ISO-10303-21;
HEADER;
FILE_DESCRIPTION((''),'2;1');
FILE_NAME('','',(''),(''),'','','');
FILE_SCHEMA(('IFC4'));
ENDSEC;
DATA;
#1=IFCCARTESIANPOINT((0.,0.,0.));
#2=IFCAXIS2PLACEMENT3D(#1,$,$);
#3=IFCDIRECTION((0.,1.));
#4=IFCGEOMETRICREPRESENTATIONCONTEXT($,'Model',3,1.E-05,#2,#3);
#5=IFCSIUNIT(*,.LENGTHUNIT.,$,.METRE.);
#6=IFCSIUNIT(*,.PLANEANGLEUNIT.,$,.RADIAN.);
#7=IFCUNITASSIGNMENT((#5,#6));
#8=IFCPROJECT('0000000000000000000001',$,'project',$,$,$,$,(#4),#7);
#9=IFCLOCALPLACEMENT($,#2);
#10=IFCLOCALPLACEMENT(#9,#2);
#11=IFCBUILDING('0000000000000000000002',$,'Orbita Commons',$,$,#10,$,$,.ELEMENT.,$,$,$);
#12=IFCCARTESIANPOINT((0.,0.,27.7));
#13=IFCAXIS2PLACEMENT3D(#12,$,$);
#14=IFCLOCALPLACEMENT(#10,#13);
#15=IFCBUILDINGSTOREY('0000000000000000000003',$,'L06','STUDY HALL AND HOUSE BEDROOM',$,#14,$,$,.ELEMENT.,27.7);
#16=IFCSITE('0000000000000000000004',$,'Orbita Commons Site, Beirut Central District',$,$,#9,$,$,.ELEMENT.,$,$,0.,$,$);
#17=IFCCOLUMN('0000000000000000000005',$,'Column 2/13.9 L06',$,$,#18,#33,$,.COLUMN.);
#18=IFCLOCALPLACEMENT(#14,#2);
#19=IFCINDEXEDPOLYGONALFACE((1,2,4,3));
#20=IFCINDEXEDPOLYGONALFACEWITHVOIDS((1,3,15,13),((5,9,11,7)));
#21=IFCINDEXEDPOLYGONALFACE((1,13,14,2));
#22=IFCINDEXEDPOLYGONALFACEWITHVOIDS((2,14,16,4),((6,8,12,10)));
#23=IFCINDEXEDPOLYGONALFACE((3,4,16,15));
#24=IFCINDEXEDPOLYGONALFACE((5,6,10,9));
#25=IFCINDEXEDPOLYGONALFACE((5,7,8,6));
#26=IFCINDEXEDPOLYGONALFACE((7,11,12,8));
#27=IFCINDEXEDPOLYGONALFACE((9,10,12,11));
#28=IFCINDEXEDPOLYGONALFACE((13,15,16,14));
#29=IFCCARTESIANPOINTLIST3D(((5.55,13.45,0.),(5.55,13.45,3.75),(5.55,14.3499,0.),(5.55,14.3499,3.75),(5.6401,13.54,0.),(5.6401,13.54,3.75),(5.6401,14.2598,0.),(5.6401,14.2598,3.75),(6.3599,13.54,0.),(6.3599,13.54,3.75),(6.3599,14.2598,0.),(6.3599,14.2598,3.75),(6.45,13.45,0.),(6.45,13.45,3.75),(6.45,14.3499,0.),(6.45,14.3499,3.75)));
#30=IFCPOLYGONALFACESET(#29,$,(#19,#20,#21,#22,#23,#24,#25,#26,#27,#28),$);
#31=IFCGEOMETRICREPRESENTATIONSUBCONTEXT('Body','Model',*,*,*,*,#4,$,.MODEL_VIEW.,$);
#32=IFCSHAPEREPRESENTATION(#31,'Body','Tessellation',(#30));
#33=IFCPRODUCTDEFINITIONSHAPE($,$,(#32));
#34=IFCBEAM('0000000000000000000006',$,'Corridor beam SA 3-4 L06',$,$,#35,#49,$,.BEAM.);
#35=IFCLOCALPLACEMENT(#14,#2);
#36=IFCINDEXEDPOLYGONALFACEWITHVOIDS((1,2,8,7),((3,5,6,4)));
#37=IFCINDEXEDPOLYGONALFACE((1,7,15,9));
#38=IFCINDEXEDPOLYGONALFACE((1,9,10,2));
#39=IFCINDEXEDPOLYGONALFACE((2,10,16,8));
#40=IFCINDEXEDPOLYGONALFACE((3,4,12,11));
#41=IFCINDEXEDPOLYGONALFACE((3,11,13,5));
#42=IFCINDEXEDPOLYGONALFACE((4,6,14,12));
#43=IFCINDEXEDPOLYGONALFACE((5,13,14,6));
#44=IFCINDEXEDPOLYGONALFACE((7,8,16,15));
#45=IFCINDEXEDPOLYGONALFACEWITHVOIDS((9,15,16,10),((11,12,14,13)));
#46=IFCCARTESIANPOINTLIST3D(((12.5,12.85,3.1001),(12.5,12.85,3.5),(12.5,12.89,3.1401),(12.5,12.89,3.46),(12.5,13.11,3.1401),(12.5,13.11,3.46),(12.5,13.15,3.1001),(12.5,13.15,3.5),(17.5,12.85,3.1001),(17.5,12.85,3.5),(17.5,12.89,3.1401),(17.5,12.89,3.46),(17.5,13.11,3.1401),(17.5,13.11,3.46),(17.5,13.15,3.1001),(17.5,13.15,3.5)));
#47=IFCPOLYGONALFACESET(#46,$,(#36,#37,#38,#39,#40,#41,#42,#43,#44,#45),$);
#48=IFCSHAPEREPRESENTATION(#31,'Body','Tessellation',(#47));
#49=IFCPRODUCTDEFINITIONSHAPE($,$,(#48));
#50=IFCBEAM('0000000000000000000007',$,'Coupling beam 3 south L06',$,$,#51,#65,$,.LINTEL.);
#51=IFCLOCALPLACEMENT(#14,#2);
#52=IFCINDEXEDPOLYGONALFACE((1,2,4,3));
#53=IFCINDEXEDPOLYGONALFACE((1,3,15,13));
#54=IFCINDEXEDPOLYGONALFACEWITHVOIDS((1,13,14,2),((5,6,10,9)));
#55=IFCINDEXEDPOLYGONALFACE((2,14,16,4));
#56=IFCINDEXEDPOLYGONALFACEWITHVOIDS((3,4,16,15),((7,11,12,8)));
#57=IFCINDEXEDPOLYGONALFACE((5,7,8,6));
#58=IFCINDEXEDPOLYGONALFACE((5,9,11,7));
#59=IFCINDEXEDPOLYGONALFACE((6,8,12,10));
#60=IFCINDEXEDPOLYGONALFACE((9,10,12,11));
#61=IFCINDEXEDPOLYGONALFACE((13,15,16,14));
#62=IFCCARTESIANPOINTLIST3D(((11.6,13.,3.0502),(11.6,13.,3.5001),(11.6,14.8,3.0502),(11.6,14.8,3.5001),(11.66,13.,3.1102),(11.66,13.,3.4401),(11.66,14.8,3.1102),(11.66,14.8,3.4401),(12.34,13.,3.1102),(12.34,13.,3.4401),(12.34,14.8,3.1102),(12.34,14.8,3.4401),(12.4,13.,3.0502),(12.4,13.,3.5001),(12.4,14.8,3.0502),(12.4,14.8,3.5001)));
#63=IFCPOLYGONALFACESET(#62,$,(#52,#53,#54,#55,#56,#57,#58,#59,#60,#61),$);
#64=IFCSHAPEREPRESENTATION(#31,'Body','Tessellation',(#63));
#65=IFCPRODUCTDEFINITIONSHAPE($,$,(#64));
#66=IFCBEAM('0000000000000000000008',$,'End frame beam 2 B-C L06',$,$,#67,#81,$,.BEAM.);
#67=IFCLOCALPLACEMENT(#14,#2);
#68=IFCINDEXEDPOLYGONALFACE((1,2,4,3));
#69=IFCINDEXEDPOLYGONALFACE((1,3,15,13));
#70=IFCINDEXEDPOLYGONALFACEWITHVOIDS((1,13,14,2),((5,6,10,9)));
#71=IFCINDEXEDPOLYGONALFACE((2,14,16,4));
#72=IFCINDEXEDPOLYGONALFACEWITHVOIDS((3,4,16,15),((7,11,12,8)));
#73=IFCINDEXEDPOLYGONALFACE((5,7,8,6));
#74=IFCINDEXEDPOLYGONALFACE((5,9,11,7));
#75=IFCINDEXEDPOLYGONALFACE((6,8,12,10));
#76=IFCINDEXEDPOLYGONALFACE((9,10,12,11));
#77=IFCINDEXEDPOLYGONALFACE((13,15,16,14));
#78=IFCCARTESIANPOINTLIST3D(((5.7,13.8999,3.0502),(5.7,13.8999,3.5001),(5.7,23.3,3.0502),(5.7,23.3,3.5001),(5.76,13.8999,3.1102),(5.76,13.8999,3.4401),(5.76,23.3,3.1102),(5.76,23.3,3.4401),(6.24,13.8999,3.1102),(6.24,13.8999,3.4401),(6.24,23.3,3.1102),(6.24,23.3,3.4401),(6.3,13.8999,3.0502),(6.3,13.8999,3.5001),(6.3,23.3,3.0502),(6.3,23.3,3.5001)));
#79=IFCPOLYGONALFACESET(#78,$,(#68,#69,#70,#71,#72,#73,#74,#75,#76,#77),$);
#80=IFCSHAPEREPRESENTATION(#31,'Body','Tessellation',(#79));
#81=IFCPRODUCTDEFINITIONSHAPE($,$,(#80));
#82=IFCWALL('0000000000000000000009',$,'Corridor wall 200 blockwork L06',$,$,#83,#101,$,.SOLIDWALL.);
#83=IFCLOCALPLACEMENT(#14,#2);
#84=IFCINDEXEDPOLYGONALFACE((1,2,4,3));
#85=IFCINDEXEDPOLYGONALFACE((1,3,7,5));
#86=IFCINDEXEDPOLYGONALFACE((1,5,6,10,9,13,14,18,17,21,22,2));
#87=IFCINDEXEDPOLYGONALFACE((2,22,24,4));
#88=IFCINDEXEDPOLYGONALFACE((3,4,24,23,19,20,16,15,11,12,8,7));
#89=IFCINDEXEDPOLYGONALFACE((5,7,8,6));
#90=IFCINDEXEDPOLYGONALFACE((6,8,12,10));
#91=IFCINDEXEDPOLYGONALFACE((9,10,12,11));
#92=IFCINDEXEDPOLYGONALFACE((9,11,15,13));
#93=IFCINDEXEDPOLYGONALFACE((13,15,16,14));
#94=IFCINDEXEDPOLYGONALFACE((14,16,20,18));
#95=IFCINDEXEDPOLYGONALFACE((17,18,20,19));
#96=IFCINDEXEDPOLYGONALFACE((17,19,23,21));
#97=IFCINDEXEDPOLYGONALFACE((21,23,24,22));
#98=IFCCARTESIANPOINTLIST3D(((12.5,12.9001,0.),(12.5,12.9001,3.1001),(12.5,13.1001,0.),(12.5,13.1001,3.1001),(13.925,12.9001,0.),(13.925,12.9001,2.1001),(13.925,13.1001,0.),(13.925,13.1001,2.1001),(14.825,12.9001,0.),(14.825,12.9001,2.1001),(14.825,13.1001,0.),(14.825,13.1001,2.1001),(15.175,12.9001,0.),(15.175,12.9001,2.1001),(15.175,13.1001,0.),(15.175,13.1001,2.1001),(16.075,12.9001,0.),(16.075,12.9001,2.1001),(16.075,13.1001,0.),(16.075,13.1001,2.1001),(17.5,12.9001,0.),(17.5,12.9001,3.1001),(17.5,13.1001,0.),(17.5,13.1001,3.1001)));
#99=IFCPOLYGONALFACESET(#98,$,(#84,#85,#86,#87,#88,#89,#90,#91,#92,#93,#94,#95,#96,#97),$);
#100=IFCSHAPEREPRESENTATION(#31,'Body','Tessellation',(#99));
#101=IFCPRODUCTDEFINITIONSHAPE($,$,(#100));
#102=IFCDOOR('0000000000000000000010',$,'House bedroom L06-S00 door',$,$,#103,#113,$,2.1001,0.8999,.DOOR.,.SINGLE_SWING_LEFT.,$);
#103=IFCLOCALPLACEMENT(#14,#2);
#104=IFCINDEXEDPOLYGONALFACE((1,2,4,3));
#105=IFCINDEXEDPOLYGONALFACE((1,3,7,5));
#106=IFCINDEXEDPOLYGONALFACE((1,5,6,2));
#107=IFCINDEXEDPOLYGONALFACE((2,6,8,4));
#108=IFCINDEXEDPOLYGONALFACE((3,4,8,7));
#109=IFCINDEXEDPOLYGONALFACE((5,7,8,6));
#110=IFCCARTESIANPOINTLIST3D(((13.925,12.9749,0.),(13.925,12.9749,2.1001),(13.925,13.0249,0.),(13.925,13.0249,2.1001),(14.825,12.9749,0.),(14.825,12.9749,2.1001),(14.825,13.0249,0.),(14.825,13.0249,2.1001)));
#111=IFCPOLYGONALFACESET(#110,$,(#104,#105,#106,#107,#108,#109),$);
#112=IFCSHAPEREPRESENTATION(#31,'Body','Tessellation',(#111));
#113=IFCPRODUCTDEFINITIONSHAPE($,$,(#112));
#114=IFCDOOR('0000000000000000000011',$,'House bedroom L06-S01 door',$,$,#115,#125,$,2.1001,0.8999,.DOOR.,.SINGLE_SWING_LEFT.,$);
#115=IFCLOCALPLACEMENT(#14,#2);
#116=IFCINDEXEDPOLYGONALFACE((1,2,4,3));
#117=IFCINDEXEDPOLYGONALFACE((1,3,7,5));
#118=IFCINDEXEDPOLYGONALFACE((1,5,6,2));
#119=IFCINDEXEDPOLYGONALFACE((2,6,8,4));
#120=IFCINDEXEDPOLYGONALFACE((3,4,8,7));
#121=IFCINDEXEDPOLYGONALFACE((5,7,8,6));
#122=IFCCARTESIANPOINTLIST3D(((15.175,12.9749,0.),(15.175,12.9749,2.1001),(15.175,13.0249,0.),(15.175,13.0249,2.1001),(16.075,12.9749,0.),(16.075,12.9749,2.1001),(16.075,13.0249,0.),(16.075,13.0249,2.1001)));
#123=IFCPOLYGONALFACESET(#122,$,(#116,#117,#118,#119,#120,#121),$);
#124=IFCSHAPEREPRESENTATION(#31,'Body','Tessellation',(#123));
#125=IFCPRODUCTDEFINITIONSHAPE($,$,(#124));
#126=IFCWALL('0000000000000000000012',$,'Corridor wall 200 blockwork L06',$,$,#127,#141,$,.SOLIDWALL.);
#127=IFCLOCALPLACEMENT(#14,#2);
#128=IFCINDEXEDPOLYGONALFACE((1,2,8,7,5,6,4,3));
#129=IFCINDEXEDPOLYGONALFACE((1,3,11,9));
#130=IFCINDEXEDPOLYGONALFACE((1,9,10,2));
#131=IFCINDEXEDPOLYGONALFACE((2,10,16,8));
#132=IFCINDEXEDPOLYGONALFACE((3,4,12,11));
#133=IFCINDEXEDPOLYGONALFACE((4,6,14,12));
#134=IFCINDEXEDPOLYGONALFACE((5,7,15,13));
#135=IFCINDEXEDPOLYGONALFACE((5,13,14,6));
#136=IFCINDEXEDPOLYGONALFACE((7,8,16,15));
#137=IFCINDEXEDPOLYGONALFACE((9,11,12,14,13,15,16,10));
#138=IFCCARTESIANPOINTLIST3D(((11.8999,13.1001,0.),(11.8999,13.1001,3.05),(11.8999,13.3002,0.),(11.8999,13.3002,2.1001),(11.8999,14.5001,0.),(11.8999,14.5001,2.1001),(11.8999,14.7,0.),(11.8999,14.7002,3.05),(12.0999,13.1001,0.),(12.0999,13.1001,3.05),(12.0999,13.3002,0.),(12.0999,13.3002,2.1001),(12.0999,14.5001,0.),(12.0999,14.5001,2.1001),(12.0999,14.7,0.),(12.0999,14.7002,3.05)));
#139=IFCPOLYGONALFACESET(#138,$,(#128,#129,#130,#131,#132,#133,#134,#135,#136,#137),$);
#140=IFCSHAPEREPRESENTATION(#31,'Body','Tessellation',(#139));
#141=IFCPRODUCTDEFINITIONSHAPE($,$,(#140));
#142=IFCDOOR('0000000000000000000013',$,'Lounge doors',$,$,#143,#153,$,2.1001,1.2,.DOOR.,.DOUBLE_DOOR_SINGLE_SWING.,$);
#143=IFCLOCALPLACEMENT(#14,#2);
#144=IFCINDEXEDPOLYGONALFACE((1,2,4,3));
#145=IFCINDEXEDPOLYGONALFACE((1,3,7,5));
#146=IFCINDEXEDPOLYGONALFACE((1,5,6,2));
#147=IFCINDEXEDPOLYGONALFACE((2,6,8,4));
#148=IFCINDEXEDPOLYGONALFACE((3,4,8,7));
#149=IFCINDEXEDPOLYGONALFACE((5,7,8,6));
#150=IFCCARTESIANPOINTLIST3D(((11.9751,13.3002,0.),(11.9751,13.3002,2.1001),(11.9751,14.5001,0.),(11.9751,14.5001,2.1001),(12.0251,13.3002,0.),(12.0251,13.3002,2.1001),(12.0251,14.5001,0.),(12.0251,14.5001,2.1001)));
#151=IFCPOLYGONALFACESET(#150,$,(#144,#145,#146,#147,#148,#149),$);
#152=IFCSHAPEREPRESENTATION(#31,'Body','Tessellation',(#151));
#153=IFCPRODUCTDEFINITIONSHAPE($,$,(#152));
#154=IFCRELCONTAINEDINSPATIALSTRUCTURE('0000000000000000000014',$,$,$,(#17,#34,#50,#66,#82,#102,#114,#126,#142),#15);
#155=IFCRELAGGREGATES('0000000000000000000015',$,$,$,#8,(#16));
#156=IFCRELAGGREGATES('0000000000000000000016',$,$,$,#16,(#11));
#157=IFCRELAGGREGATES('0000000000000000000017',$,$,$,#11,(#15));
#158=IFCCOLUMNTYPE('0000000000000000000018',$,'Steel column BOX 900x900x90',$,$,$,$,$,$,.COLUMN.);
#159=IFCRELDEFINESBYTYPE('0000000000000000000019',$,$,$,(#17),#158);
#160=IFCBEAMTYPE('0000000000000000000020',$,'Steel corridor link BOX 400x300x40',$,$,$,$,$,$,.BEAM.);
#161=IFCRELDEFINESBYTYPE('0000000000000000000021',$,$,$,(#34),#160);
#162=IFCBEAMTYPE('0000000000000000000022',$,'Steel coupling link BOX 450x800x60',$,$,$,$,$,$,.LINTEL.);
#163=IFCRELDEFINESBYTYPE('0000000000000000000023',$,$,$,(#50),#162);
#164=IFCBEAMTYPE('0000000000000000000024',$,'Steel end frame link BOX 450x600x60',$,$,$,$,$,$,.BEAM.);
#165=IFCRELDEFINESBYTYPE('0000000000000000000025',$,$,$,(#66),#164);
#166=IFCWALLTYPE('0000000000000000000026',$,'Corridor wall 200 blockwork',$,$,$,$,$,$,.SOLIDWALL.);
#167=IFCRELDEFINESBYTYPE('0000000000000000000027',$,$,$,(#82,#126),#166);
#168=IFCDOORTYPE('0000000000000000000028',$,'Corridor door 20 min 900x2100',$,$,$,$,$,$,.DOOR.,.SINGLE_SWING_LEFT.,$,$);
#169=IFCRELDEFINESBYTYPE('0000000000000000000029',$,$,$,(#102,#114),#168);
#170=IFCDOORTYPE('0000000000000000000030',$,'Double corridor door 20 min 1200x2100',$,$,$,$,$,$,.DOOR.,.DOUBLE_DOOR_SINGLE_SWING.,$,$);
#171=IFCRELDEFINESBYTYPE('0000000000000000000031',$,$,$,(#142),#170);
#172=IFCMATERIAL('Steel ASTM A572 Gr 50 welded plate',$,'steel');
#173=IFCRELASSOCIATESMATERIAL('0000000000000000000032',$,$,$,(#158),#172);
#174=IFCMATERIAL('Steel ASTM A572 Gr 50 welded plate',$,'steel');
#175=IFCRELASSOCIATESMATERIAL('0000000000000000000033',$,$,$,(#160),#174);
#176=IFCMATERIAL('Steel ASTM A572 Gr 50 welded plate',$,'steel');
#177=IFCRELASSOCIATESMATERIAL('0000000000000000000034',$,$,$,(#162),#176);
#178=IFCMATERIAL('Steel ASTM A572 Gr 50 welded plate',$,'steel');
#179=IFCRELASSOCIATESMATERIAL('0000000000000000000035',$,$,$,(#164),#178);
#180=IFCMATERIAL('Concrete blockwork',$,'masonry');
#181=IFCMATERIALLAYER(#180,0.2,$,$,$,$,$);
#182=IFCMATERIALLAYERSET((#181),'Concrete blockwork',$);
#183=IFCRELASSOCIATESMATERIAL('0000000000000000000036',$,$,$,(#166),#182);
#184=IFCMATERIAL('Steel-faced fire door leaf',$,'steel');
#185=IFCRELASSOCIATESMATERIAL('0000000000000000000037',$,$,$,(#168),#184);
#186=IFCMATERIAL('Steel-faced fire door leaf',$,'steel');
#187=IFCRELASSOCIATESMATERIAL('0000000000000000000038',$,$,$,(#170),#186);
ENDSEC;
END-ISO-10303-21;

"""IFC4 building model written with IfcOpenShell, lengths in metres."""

from ifc_helpers import new_model, si_unit, direction, frame, frame_2d, origin, origin_2d, place, context, subcontext, project, spatial, polyline, rectangle, hollow_rectangle, outline, extrude, material, layer, layer_set, material_profile, profile_set, type_object, element, fill, save


model = new_model("IFC4")

# Units and contexts
model_context = context("Model", 3, precision=1e-05, world=origin(), true_north=direction((0.0, 1.0)))
body_context = subcontext(model_context, "Body", "Model", "MODEL_VIEW")
ifc_project = project(units=[si_unit("LENGTHUNIT", "METRE"), si_unit("PLANEANGLEUNIT", "RADIAN")], contexts=[model_context])

# Site, building, storey
site_placement = place(None, origin())
site = spatial("IfcSite", under=ifc_project, at=site_placement, Name="Orbita Commons Site, Beirut Central District", CompositionType="ELEMENT", RefElevation=0.0)
building_placement = place(site_placement, origin())
building = spatial("IfcBuilding", under=site, at=building_placement, Name="Orbita Commons", CompositionType="ELEMENT")
storey_placement = place(building_placement, frame((0.0, 0.0, 27.7)))
storey = spatial("IfcBuildingStorey", under=building, at=storey_placement, Name="L06", Description="STUDY HALL AND HOUSE BEDROOM", CompositionType="ELEMENT", Elevation=27.7)

# Column
ifc_material_1 = material(Name="Steel ASTM A572 Gr 50 welded plate", Category="steel")
ifc_material_profile_1 = material_profile(ifc_material_1, hollow_rectangle(XDim=0.8999, YDim=0.8999, WallThickness=0.0901, at=origin_2d()), Name="BOX 900x900x90")
ifc_profile_set_1 = profile_set([ifc_material_profile_1], Name="Steel ASTM A572 Gr 50 welded plate")
column_type = type_object("IfcColumnType", Name="Steel column BOX 900x900x90", PredefinedType="COLUMN", material=ifc_profile_set_1)
column_placement = place(storey_placement, frame((6.0, 13.8999, 0.0), z_axis=(0.0, 0.0, 1.0), x_axis=(1.0, 0.0, 0.0)))
element("IfcColumn", 1, at=column_placement, inside=storey, type_object=column_type, Name="Column 2/13.9 L06", PredefinedType="COLUMN", context=body_context, shape_type="SweptSolid", body=[
    extrude(hollow_rectangle(XDim=0.8999, YDim=0.8999, WallThickness=0.0901, at=origin_2d()), origin(), (0.0, 0.0, 1.0), 3.75),
])

# Beams
ifc_material_2 = material(Name="Steel ASTM A572 Gr 50 welded plate", Category="steel")
ifc_material_profile_2 = material_profile(ifc_material_2, hollow_rectangle(XDim=0.3, YDim=0.3999, WallThickness=0.04, at=origin_2d()), Name="BOX 400x300x40")
ifc_profile_set_2 = profile_set([ifc_material_profile_2], Name="Steel ASTM A572 Gr 50 welded plate")
beam_type_1 = type_object("IfcBeamType", Name="Steel corridor link BOX 400x300x40", PredefinedType="BEAM", material=ifc_profile_set_2)
beam_1_placement = place(storey_placement, frame((12.5, 13.0, 3.3), z_axis=(1.0, 0.0, 0.0), x_axis=(0.0, 1.0, 0.0)))
element("IfcBeam", 2, at=beam_1_placement, inside=storey, type_object=beam_type_1, Name="Corridor beam SA 3-4 L06", PredefinedType="BEAM", context=body_context, shape_type="SweptSolid", body=[
    extrude(hollow_rectangle(XDim=0.3, YDim=0.3999, WallThickness=0.04, at=origin_2d()), origin(), (0.0, 0.0, 1.0), 5.0),
])
ifc_material_3 = material(Name="Steel ASTM A572 Gr 50 welded plate", Category="steel")
ifc_material_profile_3 = material_profile(ifc_material_3, hollow_rectangle(XDim=0.8, YDim=0.45, WallThickness=0.0601, at=origin_2d()), Name="BOX 450x800x60")
ifc_profile_set_3 = profile_set([ifc_material_profile_3], Name="Steel ASTM A572 Gr 50 welded plate")
beam_type_2 = type_object("IfcBeamType", Name="Steel coupling link BOX 450x800x60", PredefinedType="LINTEL", material=ifc_profile_set_3)
beam_2_placement = place(storey_placement, frame((12.0, 13.0, 3.2751), z_axis=(0.0, 1.0, 0.0), x_axis=(-1.0, 0.0, 0.0)))
element("IfcBeam", 3, at=beam_2_placement, inside=storey, type_object=beam_type_2, Name="Coupling beam 3 south L06", PredefinedType="LINTEL", context=body_context, shape_type="SweptSolid", body=[
    extrude(hollow_rectangle(XDim=0.8, YDim=0.45, WallThickness=0.0601, at=origin_2d()), origin(), (0.0, 0.0, 1.0), 1.8),
])
ifc_material_4 = material(Name="Steel ASTM A572 Gr 50 welded plate", Category="steel")
ifc_material_profile_4 = material_profile(ifc_material_4, hollow_rectangle(XDim=0.6001, YDim=0.45, WallThickness=0.0601, at=origin_2d()), Name="BOX 450x600x60")
ifc_profile_set_4 = profile_set([ifc_material_profile_4], Name="Steel ASTM A572 Gr 50 welded plate")
beam_type_3 = type_object("IfcBeamType", Name="Steel end frame link BOX 450x600x60", PredefinedType="BEAM", material=ifc_profile_set_4)
beam_3_placement = place(storey_placement, frame((6.0, 13.8999, 3.2751), z_axis=(0.0, 1.0, 0.0), x_axis=(-1.0, 0.0, 0.0)))
element("IfcBeam", 4, at=beam_3_placement, inside=storey, type_object=beam_type_3, Name="End frame beam 2 B-C L06", PredefinedType="BEAM", context=body_context, shape_type="SweptSolid", body=[
    extrude(hollow_rectangle(XDim=0.6001, YDim=0.45, WallThickness=0.0601, at=origin_2d()), origin(), (0.0, 0.0, 1.0), 9.4001),
])

# Wall, openings, doors
ifc_material_5 = material(Name="Concrete blockwork", Category="masonry")
ifc_layer_1 = layer(ifc_material_5, 0.2)
ifc_layer_set_1 = layer_set([ifc_layer_1], Name="Concrete blockwork")
wall_type_1 = type_object("IfcWallType", Name="Corridor wall 200 blockwork", PredefinedType="SOLIDWALL", material=ifc_layer_set_1)
wall_1_placement = place(storey_placement, frame((12.5, 13.0, 0.0), z_axis=(0.0, 0.0, 1.0), x_axis=(1.0, 0.0, 0.0)))
wall_1 = element("IfcWall", 5, at=wall_1_placement, inside=storey, type_object=wall_type_1, Name="Corridor wall 200 blockwork L06", PredefinedType="SOLIDWALL", context=body_context, shape_type="SweptSolid", body=[
    extrude(outline(polyline([(0.0, 0.0), (5.0, 0.0), (5.0, 3.1001), (0.0, 3.1001), (0.0, 0.0)])), frame((0.0, 0.1001, 0.0), z_axis=(0.0, -1.0, 0.0), x_axis=(1.0, 0.0, 0.0)), (0.0, 0.0, 1.0), 0.2),
])
opening_1_placement = place(wall_1_placement, frame((1.425, 0.0, 0.0)))
opening_1 = element("IfcOpeningElement", 6, at=opening_1_placement, cuts=wall_1, PredefinedType="OPENING", context=body_context, shape_type="SweptSolid", body=[
    extrude(rectangle(XDim=0.8999, YDim=2.1001, at=frame_2d((0.45, 1.05))), frame((0.0, 0.1099, 0.0), z_axis=(0.0, -1.0, 0.0), x_axis=(1.0, 0.0, 0.0)), (0.0, 0.0, 1.0), 0.22),
])
opening_2_placement = place(wall_1_placement, frame((2.675, 0.0, 0.0)))
opening_2 = element("IfcOpeningElement", 7, at=opening_2_placement, cuts=wall_1, PredefinedType="OPENING", context=body_context, shape_type="SweptSolid", body=[
    extrude(rectangle(XDim=0.8999, YDim=2.1001, at=frame_2d((0.45, 1.05))), frame((0.0, 0.1099, 0.0), z_axis=(0.0, -1.0, 0.0), x_axis=(1.0, 0.0, 0.0)), (0.0, 0.0, 1.0), 0.22),
])
ifc_material_6 = material(Name="Steel-faced fire door leaf", Category="steel")
door_type_1 = type_object("IfcDoorType", Name="Corridor door 20 min 900x2100", OperationType="SINGLE_SWING_LEFT", PredefinedType="DOOR", material=ifc_material_6)
door_1_placement = place(opening_1_placement, origin())
door_1 = element("IfcDoor", 8, at=door_1_placement, inside=storey, type_object=door_type_1, Name="House bedroom L06-S00 door", OperationType="SINGLE_SWING_LEFT", OverallHeight=2.1001, OverallWidth=0.8999, PredefinedType="DOOR", context=body_context, shape_type="SweptSolid", body=[
    extrude(rectangle(XDim=0.8999, YDim=2.1001, at=frame_2d((0.45, 1.05))), frame((0.0, 0.0249, 0.0), z_axis=(0.0, -1.0, 0.0), x_axis=(1.0, 0.0, 0.0)), (0.0, 0.0, 1.0), 0.05),
])
fill(opening_1, door_1)
door_2_placement = place(opening_2_placement, origin())
door_2 = element("IfcDoor", 9, at=door_2_placement, inside=storey, type_object=door_type_1, Name="House bedroom L06-S01 door", OperationType="SINGLE_SWING_LEFT", OverallHeight=2.1001, OverallWidth=0.8999, PredefinedType="DOOR", context=body_context, shape_type="SweptSolid", body=[
    extrude(rectangle(XDim=0.8999, YDim=2.1001, at=frame_2d((0.45, 1.05))), frame((0.0, 0.0249, 0.0), z_axis=(0.0, -1.0, 0.0), x_axis=(1.0, 0.0, 0.0)), (0.0, 0.0, 1.0), 0.05),
])
fill(opening_2, door_2)

# Wall, opening, door
wall_2_placement = place(storey_placement, frame((12.0, 13.1001, 0.0), z_axis=(0.0, 0.0, 1.0), x_axis=(0.0, 1.0, 0.0)))
wall_2 = element("IfcWall", 10, at=wall_2_placement, inside=storey, type_object=wall_type_1, Name="Corridor wall 200 blockwork L06", PredefinedType="SOLIDWALL", context=body_context, shape_type="SweptSolid", body=[
    extrude(outline(polyline([(0.0, 0.0), (1.5999, 0.0), (1.6001, 3.05), (0.0, 3.05), (0.0, 0.0)])), frame((0.0, 0.1001, 0.0), z_axis=(0.0, -1.0, 0.0), x_axis=(1.0, 0.0, 0.0)), (0.0, 0.0, 1.0), 0.2),
])
opening_3_placement = place(wall_2_placement, frame((0.2, 0.0, 0.0)))
opening_3 = element("IfcOpeningElement", 11, at=opening_3_placement, cuts=wall_2, PredefinedType="OPENING", context=body_context, shape_type="SweptSolid", body=[
    extrude(rectangle(XDim=1.2, YDim=2.1001, at=frame_2d((0.6001, 1.05))), frame((0.0, 0.1099, 0.0), z_axis=(0.0, -1.0, 0.0), x_axis=(1.0, 0.0, 0.0)), (0.0, 0.0, 1.0), 0.22),
])
ifc_material_7 = material(Name="Steel-faced fire door leaf", Category="steel")
door_type_2 = type_object("IfcDoorType", Name="Double corridor door 20 min 1200x2100", OperationType="DOUBLE_DOOR_SINGLE_SWING", PredefinedType="DOOR", material=ifc_material_7)
door_3_placement = place(opening_3_placement, origin())
door_3 = element("IfcDoor", 12, at=door_3_placement, inside=storey, type_object=door_type_2, Name="Lounge doors", OperationType="DOUBLE_DOOR_SINGLE_SWING", OverallHeight=2.1001, OverallWidth=1.2, PredefinedType="DOOR", context=body_context, shape_type="SweptSolid", body=[
    extrude(rectangle(XDim=1.2, YDim=2.1001, at=frame_2d((0.6001, 1.05))), frame((0.0, 0.0249, 0.0), z_axis=(0.0, -1.0, 0.0), x_axis=(1.0, 0.0, 0.0)), (0.0, 0.0, 1.0), 0.05),
])
fill(opening_3, door_3)

save(model, "model.ifc")
